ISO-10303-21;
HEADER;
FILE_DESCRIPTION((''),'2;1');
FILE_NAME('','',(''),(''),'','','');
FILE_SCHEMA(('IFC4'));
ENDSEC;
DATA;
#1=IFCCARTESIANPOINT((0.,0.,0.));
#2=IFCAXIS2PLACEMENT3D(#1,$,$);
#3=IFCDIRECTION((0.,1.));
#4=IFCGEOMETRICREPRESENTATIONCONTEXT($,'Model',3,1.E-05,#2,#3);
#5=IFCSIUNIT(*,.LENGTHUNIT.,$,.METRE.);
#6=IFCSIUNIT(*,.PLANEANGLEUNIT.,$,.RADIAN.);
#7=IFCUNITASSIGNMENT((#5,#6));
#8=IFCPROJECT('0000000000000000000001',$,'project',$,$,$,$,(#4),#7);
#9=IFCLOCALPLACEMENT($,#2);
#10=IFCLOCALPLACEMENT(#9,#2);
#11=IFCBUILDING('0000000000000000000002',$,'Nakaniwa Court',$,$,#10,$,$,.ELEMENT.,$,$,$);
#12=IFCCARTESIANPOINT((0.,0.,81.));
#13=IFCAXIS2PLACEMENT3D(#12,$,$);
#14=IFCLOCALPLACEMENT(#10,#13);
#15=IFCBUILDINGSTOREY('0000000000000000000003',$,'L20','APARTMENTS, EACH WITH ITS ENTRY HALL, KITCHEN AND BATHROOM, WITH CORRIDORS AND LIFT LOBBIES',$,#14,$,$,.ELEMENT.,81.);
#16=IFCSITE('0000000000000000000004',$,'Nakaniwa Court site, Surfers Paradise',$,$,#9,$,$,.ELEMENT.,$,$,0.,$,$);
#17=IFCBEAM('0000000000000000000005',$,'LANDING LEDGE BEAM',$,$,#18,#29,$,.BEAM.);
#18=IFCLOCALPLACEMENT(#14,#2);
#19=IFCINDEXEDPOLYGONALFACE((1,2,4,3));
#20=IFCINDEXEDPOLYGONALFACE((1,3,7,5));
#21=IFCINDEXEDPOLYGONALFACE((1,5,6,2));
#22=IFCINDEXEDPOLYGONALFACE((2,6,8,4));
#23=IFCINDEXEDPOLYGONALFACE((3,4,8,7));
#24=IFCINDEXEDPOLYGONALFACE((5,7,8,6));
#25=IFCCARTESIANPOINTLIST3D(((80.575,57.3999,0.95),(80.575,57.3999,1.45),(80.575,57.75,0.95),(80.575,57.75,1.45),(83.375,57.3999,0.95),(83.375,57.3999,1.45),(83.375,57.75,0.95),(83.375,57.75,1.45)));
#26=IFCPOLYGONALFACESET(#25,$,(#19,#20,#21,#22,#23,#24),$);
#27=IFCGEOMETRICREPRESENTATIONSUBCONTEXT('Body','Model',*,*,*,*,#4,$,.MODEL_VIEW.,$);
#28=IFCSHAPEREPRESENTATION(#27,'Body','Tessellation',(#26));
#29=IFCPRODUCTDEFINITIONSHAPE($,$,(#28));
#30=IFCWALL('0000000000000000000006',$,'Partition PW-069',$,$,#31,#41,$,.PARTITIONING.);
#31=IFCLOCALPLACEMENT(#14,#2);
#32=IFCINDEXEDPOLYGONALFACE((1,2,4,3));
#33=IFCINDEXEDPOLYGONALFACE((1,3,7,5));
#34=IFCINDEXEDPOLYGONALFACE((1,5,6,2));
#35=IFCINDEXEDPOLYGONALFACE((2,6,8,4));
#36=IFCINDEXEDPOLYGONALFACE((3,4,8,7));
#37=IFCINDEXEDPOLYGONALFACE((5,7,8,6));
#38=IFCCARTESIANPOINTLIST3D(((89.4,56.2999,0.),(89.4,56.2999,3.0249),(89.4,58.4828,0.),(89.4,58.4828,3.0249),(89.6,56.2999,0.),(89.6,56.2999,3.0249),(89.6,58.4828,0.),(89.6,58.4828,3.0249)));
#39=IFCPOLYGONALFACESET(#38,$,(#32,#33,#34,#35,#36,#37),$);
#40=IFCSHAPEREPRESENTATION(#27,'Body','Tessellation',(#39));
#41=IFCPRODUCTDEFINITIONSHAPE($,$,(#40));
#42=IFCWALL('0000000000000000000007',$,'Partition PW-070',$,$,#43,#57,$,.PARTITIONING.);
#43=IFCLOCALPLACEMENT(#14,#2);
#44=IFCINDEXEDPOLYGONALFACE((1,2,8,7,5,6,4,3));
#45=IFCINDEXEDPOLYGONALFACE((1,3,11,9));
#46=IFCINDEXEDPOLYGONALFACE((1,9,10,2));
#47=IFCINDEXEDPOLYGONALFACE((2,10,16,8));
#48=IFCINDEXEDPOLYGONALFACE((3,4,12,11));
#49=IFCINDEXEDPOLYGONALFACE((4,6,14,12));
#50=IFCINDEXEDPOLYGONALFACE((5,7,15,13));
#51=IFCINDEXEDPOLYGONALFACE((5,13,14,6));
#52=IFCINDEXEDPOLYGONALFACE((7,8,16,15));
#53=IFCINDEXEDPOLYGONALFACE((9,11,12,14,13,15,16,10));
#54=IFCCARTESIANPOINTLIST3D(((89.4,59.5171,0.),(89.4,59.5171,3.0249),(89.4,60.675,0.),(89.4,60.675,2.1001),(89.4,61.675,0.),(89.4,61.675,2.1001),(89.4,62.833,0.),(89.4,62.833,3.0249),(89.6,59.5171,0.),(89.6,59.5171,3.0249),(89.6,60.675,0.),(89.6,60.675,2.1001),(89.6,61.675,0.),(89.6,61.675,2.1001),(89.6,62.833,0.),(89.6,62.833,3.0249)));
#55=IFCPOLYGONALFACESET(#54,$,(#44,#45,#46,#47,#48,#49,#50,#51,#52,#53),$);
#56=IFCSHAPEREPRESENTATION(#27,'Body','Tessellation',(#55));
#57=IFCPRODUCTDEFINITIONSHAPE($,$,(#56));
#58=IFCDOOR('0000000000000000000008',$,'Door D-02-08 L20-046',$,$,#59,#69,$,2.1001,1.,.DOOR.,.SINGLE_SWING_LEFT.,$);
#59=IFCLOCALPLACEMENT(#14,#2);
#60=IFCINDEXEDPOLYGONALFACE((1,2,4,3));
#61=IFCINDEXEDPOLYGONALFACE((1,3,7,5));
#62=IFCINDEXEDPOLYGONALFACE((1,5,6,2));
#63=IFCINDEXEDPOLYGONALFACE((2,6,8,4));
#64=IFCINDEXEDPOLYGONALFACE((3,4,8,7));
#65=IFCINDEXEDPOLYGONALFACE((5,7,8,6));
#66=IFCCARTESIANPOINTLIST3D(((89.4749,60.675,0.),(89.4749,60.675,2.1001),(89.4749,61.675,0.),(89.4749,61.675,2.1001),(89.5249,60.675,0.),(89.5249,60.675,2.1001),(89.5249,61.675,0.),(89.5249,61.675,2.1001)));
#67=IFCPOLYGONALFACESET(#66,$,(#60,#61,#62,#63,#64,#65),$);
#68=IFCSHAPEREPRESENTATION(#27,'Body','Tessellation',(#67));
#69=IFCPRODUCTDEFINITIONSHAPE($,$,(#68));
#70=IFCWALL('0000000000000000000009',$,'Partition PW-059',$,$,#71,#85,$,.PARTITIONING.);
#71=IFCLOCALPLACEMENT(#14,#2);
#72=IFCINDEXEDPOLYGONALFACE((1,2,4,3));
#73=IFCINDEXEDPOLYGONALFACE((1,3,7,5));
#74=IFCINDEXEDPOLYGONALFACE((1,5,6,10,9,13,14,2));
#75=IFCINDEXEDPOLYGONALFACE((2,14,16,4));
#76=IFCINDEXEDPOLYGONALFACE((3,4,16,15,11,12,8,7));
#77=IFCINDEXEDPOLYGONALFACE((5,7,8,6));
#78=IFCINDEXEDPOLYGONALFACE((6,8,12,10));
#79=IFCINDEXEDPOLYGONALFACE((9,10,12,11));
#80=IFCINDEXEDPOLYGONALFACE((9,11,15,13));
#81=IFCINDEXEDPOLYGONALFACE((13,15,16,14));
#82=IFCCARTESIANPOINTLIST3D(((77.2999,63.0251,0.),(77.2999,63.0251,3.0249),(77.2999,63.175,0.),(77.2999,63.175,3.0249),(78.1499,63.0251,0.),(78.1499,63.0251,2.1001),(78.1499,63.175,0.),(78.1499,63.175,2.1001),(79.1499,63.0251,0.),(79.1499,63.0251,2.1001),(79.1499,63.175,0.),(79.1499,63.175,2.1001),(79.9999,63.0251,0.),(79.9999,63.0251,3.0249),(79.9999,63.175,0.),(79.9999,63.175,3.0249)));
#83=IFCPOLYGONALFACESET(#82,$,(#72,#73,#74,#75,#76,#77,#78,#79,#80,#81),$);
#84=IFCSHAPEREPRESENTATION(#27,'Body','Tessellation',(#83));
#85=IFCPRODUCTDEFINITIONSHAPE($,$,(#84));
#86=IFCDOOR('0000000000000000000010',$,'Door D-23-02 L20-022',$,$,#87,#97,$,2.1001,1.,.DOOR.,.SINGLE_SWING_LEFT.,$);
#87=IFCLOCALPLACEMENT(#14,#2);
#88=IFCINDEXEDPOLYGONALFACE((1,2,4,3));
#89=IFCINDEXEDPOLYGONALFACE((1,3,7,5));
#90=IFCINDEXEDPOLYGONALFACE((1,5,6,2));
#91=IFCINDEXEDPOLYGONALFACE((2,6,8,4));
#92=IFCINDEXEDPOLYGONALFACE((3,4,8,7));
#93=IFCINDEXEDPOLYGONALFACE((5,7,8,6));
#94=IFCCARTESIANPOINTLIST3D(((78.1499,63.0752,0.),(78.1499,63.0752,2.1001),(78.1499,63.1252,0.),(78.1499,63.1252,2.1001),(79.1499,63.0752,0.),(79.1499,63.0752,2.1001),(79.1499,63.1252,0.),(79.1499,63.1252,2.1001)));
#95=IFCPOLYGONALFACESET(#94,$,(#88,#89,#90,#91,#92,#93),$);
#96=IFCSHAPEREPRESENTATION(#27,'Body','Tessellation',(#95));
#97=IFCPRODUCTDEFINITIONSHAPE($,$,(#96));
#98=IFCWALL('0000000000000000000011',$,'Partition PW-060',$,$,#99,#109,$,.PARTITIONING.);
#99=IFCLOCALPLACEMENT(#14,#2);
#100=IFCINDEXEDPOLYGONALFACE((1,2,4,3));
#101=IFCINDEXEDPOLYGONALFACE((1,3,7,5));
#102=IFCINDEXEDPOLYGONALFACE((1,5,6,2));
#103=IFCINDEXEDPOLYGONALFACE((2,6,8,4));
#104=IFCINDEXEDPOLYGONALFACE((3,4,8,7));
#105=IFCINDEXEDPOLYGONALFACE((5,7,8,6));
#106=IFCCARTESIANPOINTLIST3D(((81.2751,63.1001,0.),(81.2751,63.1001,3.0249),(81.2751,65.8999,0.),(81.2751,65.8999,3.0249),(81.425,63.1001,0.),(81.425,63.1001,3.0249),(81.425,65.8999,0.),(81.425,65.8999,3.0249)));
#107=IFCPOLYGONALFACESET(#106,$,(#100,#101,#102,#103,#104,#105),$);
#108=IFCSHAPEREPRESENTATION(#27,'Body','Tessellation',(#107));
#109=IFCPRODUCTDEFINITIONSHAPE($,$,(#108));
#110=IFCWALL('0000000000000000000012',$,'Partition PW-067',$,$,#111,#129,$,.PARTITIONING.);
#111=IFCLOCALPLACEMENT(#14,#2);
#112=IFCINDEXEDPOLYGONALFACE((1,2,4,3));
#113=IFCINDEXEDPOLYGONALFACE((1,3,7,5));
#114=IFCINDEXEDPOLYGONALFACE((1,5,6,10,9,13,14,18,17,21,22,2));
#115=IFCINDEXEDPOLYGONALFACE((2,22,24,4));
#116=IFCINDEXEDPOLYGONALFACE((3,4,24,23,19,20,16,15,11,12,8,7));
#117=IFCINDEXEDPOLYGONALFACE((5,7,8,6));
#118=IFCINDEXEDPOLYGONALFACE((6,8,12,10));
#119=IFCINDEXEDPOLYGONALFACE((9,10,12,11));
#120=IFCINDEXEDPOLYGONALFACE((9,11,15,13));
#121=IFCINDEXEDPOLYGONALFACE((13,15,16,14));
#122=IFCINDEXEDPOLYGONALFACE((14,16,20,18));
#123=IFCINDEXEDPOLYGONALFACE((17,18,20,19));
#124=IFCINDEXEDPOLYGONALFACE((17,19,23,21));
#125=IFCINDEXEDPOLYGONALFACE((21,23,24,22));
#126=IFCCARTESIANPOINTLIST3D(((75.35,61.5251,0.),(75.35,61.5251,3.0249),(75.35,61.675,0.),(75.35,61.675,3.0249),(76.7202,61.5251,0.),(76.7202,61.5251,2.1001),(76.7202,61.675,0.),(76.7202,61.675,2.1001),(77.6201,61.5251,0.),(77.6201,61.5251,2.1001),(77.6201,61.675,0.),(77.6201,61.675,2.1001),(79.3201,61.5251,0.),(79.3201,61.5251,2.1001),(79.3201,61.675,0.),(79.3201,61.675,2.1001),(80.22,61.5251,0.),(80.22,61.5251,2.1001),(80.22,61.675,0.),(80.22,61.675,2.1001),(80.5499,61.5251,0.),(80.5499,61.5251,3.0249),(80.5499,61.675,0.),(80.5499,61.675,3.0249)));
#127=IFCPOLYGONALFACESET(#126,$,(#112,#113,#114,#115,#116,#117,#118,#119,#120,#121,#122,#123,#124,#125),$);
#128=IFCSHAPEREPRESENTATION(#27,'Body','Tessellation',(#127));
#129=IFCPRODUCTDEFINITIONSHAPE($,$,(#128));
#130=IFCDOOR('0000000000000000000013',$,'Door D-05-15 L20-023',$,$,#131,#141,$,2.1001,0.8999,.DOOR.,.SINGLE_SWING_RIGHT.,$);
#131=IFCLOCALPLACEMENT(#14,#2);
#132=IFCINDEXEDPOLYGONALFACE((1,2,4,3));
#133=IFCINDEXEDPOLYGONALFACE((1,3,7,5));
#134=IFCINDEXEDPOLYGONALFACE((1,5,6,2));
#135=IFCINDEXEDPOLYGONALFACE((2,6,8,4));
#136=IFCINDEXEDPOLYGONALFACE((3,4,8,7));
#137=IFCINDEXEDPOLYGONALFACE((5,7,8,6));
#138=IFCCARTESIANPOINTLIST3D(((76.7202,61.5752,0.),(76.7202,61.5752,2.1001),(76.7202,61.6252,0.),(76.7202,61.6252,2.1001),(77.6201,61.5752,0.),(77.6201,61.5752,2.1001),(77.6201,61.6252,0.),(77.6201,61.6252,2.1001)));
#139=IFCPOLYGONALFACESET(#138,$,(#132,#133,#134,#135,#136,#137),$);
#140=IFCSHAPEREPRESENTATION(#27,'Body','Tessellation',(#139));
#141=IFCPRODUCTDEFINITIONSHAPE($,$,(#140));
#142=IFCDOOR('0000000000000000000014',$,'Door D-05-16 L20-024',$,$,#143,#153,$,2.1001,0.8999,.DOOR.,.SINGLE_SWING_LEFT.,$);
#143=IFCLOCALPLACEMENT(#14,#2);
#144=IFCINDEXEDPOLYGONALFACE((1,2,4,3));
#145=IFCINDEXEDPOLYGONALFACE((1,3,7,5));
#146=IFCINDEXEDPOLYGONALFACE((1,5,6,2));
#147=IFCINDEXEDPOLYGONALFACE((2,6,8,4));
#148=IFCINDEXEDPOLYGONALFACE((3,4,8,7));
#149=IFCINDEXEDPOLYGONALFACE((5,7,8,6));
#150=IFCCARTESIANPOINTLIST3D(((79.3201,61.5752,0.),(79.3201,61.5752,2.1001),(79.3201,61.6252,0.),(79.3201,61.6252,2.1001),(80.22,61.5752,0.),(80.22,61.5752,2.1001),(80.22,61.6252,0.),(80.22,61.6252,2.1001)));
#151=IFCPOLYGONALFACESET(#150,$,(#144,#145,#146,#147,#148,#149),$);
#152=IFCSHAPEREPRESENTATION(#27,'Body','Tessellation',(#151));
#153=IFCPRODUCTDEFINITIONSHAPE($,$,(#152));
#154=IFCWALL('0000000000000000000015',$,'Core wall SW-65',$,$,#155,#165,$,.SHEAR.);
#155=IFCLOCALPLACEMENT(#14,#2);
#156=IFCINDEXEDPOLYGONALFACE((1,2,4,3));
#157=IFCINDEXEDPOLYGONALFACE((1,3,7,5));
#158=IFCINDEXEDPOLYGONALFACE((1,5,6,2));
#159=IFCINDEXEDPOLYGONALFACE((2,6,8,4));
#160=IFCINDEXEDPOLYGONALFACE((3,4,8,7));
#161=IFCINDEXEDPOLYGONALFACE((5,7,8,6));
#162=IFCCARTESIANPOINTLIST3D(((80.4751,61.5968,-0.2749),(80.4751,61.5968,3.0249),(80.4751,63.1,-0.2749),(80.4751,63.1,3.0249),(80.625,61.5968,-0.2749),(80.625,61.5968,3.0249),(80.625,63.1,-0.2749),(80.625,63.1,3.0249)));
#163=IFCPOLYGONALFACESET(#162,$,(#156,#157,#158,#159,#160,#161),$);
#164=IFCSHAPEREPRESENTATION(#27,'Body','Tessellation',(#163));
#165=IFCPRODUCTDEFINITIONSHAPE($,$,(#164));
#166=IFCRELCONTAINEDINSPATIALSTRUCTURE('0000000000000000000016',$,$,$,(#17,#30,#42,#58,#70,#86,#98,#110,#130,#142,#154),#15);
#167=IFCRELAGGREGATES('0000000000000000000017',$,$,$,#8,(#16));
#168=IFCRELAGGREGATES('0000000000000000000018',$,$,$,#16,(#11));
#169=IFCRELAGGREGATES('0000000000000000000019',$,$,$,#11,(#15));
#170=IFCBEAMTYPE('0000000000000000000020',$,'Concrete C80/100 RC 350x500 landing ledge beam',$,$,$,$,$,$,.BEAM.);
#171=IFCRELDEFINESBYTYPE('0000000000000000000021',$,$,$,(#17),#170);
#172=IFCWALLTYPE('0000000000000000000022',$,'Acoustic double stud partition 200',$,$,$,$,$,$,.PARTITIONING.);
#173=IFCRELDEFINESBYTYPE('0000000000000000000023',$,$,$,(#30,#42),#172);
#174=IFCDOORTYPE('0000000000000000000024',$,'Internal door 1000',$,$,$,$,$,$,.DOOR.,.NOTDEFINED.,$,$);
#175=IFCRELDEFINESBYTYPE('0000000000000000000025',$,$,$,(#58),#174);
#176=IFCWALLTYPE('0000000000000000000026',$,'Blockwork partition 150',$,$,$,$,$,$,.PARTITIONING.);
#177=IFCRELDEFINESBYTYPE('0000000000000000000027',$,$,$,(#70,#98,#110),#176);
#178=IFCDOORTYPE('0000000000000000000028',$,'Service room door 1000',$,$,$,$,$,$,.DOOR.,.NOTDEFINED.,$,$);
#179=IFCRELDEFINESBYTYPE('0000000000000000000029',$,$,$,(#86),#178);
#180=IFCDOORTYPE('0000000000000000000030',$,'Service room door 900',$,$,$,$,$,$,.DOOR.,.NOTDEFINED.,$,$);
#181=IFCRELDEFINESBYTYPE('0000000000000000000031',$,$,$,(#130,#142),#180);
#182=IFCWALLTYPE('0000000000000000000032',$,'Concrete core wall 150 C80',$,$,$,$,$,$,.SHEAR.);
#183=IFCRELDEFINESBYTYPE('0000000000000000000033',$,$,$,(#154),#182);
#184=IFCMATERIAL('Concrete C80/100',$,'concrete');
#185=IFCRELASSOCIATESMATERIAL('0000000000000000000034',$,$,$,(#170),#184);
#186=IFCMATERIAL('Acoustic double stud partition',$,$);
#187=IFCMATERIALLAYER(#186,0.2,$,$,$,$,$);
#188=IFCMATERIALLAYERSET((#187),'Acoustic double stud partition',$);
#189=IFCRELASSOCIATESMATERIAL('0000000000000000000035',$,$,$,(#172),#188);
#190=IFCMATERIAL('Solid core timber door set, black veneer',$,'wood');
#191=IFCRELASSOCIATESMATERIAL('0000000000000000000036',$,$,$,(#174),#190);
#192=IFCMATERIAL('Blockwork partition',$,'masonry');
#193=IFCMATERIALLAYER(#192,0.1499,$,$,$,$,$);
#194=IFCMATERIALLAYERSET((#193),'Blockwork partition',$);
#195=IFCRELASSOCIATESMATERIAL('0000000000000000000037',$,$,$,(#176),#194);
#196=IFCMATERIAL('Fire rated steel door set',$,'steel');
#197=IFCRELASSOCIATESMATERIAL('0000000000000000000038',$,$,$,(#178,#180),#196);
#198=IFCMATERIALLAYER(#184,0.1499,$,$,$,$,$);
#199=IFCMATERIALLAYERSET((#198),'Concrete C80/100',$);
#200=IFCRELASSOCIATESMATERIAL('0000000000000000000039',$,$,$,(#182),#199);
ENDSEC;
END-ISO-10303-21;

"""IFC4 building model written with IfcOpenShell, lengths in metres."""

from ifc_helpers import new_model, si_unit, direction, frame, frame_2d, origin, origin_2d, place, context, subcontext, project, spatial, rectangle, extrude, material, layer, layer_set, material_profile, profile_set, type_object, element, fill, save


model = new_model("IFC4")

# Units and contexts
model_context = context("Model", 3, precision=1e-05, world=origin(), true_north=direction((0.0, 1.0)))
body_context = subcontext(model_context, "Body", "Model", "MODEL_VIEW")
ifc_project = project(units=[si_unit("LENGTHUNIT", "METRE"), si_unit("PLANEANGLEUNIT", "RADIAN")], contexts=[model_context])

# Site, building, storey
site_placement = place(None, origin())
site = spatial("IfcSite", under=ifc_project, at=site_placement, Name="Nakaniwa Court site, Surfers Paradise", CompositionType="ELEMENT", RefElevation=0.0)
building_placement = place(site_placement, origin())
building = spatial("IfcBuilding", under=site, at=building_placement, Name="Nakaniwa Court", CompositionType="ELEMENT")
storey_placement = place(building_placement, frame((0.0, 0.0, 81.0)))
storey = spatial("IfcBuildingStorey", under=building, at=storey_placement, Name="L20", Description="APARTMENTS, EACH WITH ITS ENTRY HALL, KITCHEN AND BATHROOM, WITH CORRIDORS AND LIFT LOBBIES", CompositionType="ELEMENT", Elevation=81.0)

# Beam
ifc_material_1 = material(Name="Concrete C80/100", Category="concrete")
ifc_material_profile = material_profile(ifc_material_1, rectangle(XDim=0.3501, YDim=0.5, at=origin_2d()), Name="Concrete C80/100 RC 350x500 landing ledge beam")
ifc_profile_set = profile_set([ifc_material_profile], Name="Concrete C80/100")
beam_type = type_object("IfcBeamType", Name="Concrete C80/100 RC 350x500 landing ledge beam", PredefinedType="BEAM", material=ifc_profile_set)
beam_placement = place(storey_placement, frame((80.575, 57.575, 1.2), z_axis=(1.0, 0.0, 0.0), x_axis=(0.0, 1.0, 0.0)))
element("IfcBeam", 1, at=beam_placement, inside=storey, type_object=beam_type, Name="LANDING LEDGE BEAM", PredefinedType="BEAM", context=body_context, shape_type="SweptSolid", body=[
    extrude(rectangle(XDim=0.3501, YDim=0.5, at=origin_2d()), origin(), (0.0, 0.0, 1.0), 2.8),
])

# Wall
ifc_material_2 = material(Name="Acoustic double stud partition")
ifc_layer_1 = layer(ifc_material_2, 0.2)
ifc_layer_set_1 = layer_set([ifc_layer_1], Name="Acoustic double stud partition")
wall_type_1 = type_object("IfcWallType", Name="Acoustic double stud partition 200", PredefinedType="PARTITIONING", material=ifc_layer_set_1)
wall_1_placement = place(storey_placement, frame((89.5, 56.3, 0.0), z_axis=(0.0, 0.0, 1.0), x_axis=(0.0, 1.0, 0.0)))
element("IfcWall", 2, at=wall_1_placement, inside=storey, type_object=wall_type_1, Name="Partition PW-069", PredefinedType="PARTITIONING", context=body_context, shape_type="SweptSolid", body=[
    extrude(rectangle(XDim=2.1829, YDim=0.2, at=frame_2d((1.0913, 0.0))), origin(), (0.0, 0.0, 1.0), 3.0249),
])

# Walls, openings, doors
wall_2_placement = place(storey_placement, frame((89.5, 62.833, 0.0), z_axis=(0.0, 0.0, 1.0), x_axis=(0.0, -1.0, 0.0)))
wall_2 = element("IfcWall", 3, at=wall_2_placement, inside=storey, type_object=wall_type_1, Name="Partition PW-070", PredefinedType="PARTITIONING", context=body_context, shape_type="SweptSolid", body=[
    extrude(rectangle(XDim=3.3159, YDim=0.2, at=frame_2d((1.658, 0.0))), origin(), (0.0, 0.0, 1.0), 3.0249),
])
opening_1_placement = place(wall_2_placement, frame((1.158, 0.0, 0.0)))
opening_1 = element("IfcOpeningElement", 4, at=opening_1_placement, cuts=wall_2, PredefinedType="OPENING", context=body_context, shape_type="SweptSolid", body=[
    extrude(rectangle(XDim=1.0, YDim=2.1001, at=frame_2d((0.5, 1.05))), frame((0.0, 0.1099, 0.0), z_axis=(0.0, -1.0, 0.0), x_axis=(1.0, 0.0, 0.0)), (0.0, 0.0, 1.0), 0.22),
])
ifc_material_3 = material(Name="Solid core timber door set, black veneer", Category="wood")
door_type_1 = type_object("IfcDoorType", Name="Internal door 1000", OperationType="NOTDEFINED", PredefinedType="DOOR", material=ifc_material_3)
door_1_placement = place(opening_1_placement, origin())
door_1 = element("IfcDoor", 5, at=door_1_placement, inside=storey, type_object=door_type_1, Name="Door D-02-08 L20-046", OperationType="SINGLE_SWING_LEFT", OverallHeight=2.1001, OverallWidth=1.0, PredefinedType="DOOR", context=body_context, shape_type="SweptSolid", body=[
    extrude(rectangle(XDim=1.0, YDim=2.1001, at=frame_2d((0.5, 1.05))), frame((0.0, 0.0249, 0.0), z_axis=(0.0, -1.0, 0.0), x_axis=(1.0, 0.0, 0.0)), (0.0, 0.0, 1.0), 0.05),
])
fill(opening_1, door_1)
ifc_material_4 = material(Name="Blockwork partition", Category="masonry")
ifc_layer_2 = layer(ifc_material_4, 0.1499)
ifc_layer_set_2 = layer_set([ifc_layer_2], Name="Blockwork partition")
wall_type_2 = type_object("IfcWallType", Name="Blockwork partition 150", PredefinedType="PARTITIONING", material=ifc_layer_set_2)
wall_3_placement = place(storey_placement, frame((80.0, 63.1001, 0.0), z_axis=(0.0, 0.0, 1.0), x_axis=(-1.0, 0.0, 0.0)))
wall_3 = element("IfcWall", 6, at=wall_3_placement, inside=storey, type_object=wall_type_2, Name="Partition PW-059", PredefinedType="PARTITIONING", context=body_context, shape_type="SweptSolid", body=[
    extrude(rectangle(XDim=2.7, YDim=0.1499, at=frame_2d((1.3501, 0.0))), origin(), (0.0, 0.0, 1.0), 3.0249),
])
opening_2_placement = place(wall_3_placement, frame((0.8501, 0.0, 0.0)))
opening_2 = element("IfcOpeningElement", 7, at=opening_2_placement, cuts=wall_3, PredefinedType="OPENING", context=body_context, shape_type="SweptSolid", body=[
    extrude(rectangle(XDim=1.0, YDim=2.1001, at=frame_2d((0.5, 1.05))), frame((0.0, 0.085, 0.0), z_axis=(0.0, -1.0, 0.0), x_axis=(1.0, 0.0, 0.0)), (0.0, 0.0, 1.0), 0.1699),
])
ifc_material_5 = material(Name="Fire rated steel door set", Category="steel")
door_type_2 = type_object("IfcDoorType", Name="Service room door 1000", OperationType="NOTDEFINED", PredefinedType="DOOR", material=ifc_material_5)
door_2_placement = place(opening_2_placement, origin())
door_2 = element("IfcDoor", 8, at=door_2_placement, inside=storey, type_object=door_type_2, Name="Door D-23-02 L20-022", OperationType="SINGLE_SWING_LEFT", OverallHeight=2.1001, OverallWidth=1.0, PredefinedType="DOOR", context=body_context, shape_type="SweptSolid", body=[
    extrude(rectangle(XDim=1.0, YDim=2.1001, at=frame_2d((0.5, 1.05))), frame((0.0, 0.0249, 0.0), z_axis=(0.0, -1.0, 0.0), x_axis=(1.0, 0.0, 0.0)), (0.0, 0.0, 1.0), 0.05),
])
fill(opening_2, door_2)

# Wall
wall_4_placement = place(storey_placement, frame((81.3501, 63.1001, 0.0), z_axis=(0.0, 0.0, 1.0), x_axis=(0.0, 1.0, 0.0)))
element("IfcWall", 9, at=wall_4_placement, inside=storey, type_object=wall_type_2, Name="Partition PW-060", PredefinedType="PARTITIONING", context=body_context, shape_type="SweptSolid", body=[
    extrude(rectangle(XDim=2.7998, YDim=0.1499, at=frame_2d((1.3999, 0.0))), origin(), (0.0, 0.0, 1.0), 3.0249),
])

# Wall, openings, doors
wall_5_placement = place(storey_placement, frame((80.55, 61.6001, 0.0), z_axis=(0.0, 0.0, 1.0), x_axis=(-1.0, 0.0, 0.0)))
wall_5 = element("IfcWall", 10, at=wall_5_placement, inside=storey, type_object=wall_type_2, Name="Partition PW-067", PredefinedType="PARTITIONING", context=body_context, shape_type="SweptSolid", body=[
    extrude(rectangle(XDim=5.2, YDim=0.1499, at=frame_2d((2.6001, 0.0))), origin(), (0.0, 0.0, 1.0), 3.0249),
])
opening_3_placement = place(wall_5_placement, frame((2.9299, 0.0, 0.0)))
opening_3 = element("IfcOpeningElement", 11, at=opening_3_placement, cuts=wall_5, PredefinedType="OPENING", context=body_context, shape_type="SweptSolid", body=[
    extrude(rectangle(XDim=0.8999, YDim=2.1001, at=frame_2d((0.45, 1.05))), frame((0.0, 0.085, 0.0), z_axis=(0.0, -1.0, 0.0), x_axis=(1.0, 0.0, 0.0)), (0.0, 0.0, 1.0), 0.1699),
])
opening_4_placement = place(wall_5_placement, frame((0.3301, 0.0, 0.0)))
opening_4 = element("IfcOpeningElement", 12, at=opening_4_placement, cuts=wall_5, PredefinedType="OPENING", context=body_context, shape_type="SweptSolid", body=[
    extrude(rectangle(XDim=0.8999, YDim=2.1001, at=frame_2d((0.45, 1.05))), frame((0.0, 0.085, 0.0), z_axis=(0.0, -1.0, 0.0), x_axis=(1.0, 0.0, 0.0)), (0.0, 0.0, 1.0), 0.1699),
])
door_type_3 = type_object("IfcDoorType", Name="Service room door 900", OperationType="NOTDEFINED", PredefinedType="DOOR", material=ifc_material_5)
door_3_placement = place(opening_3_placement, origin())
door_3 = element("IfcDoor", 13, at=door_3_placement, inside=storey, type_object=door_type_3, Name="Door D-05-15 L20-023", OperationType="SINGLE_SWING_RIGHT", OverallHeight=2.1001, OverallWidth=0.8999, PredefinedType="DOOR", context=body_context, shape_type="SweptSolid", body=[
    extrude(rectangle(XDim=0.8999, YDim=2.1001, at=frame_2d((0.45, 1.05))), frame((0.0, 0.0249, 0.0), z_axis=(0.0, -1.0, 0.0), x_axis=(1.0, 0.0, 0.0)), (0.0, 0.0, 1.0), 0.05),
])
fill(opening_3, door_3)
door_4_placement = place(opening_4_placement, origin())
door_4 = element("IfcDoor", 14, at=door_4_placement, inside=storey, type_object=door_type_3, Name="Door D-05-16 L20-024", OperationType="SINGLE_SWING_LEFT", OverallHeight=2.1001, OverallWidth=0.8999, PredefinedType="DOOR", context=body_context, shape_type="SweptSolid", body=[
    extrude(rectangle(XDim=0.8999, YDim=2.1001, at=frame_2d((0.45, 1.05))), frame((0.0, 0.0249, 0.0), z_axis=(0.0, -1.0, 0.0), x_axis=(1.0, 0.0, 0.0)), (0.0, 0.0, 1.0), 0.05),
])
fill(opening_4, door_4)

# Wall
ifc_layer_3 = layer(ifc_material_1, 0.1499)
ifc_layer_set_3 = layer_set([ifc_layer_3], Name="Concrete C80/100")
wall_type_3 = type_object("IfcWallType", Name="Concrete core wall 150 C80", PredefinedType="SHEAR", material=ifc_layer_set_3)
wall_6_placement = place(storey_placement, frame((80.55, 61.5969, -0.2749), z_axis=(0.0, 0.0, 1.0), x_axis=(0.0, 1.0, 0.0)))
element("IfcWall", 15, at=wall_6_placement, inside=storey, type_object=wall_type_3, Name="Core wall SW-65", PredefinedType="SHEAR", context=body_context, shape_type="SweptSolid", body=[
    extrude(rectangle(XDim=1.5032, YDim=0.1499, at=frame_2d((0.7515, 0.0))), origin(), (0.0, 0.0, 1.0), 3.2998),
])

save(model, "model.ifc")
